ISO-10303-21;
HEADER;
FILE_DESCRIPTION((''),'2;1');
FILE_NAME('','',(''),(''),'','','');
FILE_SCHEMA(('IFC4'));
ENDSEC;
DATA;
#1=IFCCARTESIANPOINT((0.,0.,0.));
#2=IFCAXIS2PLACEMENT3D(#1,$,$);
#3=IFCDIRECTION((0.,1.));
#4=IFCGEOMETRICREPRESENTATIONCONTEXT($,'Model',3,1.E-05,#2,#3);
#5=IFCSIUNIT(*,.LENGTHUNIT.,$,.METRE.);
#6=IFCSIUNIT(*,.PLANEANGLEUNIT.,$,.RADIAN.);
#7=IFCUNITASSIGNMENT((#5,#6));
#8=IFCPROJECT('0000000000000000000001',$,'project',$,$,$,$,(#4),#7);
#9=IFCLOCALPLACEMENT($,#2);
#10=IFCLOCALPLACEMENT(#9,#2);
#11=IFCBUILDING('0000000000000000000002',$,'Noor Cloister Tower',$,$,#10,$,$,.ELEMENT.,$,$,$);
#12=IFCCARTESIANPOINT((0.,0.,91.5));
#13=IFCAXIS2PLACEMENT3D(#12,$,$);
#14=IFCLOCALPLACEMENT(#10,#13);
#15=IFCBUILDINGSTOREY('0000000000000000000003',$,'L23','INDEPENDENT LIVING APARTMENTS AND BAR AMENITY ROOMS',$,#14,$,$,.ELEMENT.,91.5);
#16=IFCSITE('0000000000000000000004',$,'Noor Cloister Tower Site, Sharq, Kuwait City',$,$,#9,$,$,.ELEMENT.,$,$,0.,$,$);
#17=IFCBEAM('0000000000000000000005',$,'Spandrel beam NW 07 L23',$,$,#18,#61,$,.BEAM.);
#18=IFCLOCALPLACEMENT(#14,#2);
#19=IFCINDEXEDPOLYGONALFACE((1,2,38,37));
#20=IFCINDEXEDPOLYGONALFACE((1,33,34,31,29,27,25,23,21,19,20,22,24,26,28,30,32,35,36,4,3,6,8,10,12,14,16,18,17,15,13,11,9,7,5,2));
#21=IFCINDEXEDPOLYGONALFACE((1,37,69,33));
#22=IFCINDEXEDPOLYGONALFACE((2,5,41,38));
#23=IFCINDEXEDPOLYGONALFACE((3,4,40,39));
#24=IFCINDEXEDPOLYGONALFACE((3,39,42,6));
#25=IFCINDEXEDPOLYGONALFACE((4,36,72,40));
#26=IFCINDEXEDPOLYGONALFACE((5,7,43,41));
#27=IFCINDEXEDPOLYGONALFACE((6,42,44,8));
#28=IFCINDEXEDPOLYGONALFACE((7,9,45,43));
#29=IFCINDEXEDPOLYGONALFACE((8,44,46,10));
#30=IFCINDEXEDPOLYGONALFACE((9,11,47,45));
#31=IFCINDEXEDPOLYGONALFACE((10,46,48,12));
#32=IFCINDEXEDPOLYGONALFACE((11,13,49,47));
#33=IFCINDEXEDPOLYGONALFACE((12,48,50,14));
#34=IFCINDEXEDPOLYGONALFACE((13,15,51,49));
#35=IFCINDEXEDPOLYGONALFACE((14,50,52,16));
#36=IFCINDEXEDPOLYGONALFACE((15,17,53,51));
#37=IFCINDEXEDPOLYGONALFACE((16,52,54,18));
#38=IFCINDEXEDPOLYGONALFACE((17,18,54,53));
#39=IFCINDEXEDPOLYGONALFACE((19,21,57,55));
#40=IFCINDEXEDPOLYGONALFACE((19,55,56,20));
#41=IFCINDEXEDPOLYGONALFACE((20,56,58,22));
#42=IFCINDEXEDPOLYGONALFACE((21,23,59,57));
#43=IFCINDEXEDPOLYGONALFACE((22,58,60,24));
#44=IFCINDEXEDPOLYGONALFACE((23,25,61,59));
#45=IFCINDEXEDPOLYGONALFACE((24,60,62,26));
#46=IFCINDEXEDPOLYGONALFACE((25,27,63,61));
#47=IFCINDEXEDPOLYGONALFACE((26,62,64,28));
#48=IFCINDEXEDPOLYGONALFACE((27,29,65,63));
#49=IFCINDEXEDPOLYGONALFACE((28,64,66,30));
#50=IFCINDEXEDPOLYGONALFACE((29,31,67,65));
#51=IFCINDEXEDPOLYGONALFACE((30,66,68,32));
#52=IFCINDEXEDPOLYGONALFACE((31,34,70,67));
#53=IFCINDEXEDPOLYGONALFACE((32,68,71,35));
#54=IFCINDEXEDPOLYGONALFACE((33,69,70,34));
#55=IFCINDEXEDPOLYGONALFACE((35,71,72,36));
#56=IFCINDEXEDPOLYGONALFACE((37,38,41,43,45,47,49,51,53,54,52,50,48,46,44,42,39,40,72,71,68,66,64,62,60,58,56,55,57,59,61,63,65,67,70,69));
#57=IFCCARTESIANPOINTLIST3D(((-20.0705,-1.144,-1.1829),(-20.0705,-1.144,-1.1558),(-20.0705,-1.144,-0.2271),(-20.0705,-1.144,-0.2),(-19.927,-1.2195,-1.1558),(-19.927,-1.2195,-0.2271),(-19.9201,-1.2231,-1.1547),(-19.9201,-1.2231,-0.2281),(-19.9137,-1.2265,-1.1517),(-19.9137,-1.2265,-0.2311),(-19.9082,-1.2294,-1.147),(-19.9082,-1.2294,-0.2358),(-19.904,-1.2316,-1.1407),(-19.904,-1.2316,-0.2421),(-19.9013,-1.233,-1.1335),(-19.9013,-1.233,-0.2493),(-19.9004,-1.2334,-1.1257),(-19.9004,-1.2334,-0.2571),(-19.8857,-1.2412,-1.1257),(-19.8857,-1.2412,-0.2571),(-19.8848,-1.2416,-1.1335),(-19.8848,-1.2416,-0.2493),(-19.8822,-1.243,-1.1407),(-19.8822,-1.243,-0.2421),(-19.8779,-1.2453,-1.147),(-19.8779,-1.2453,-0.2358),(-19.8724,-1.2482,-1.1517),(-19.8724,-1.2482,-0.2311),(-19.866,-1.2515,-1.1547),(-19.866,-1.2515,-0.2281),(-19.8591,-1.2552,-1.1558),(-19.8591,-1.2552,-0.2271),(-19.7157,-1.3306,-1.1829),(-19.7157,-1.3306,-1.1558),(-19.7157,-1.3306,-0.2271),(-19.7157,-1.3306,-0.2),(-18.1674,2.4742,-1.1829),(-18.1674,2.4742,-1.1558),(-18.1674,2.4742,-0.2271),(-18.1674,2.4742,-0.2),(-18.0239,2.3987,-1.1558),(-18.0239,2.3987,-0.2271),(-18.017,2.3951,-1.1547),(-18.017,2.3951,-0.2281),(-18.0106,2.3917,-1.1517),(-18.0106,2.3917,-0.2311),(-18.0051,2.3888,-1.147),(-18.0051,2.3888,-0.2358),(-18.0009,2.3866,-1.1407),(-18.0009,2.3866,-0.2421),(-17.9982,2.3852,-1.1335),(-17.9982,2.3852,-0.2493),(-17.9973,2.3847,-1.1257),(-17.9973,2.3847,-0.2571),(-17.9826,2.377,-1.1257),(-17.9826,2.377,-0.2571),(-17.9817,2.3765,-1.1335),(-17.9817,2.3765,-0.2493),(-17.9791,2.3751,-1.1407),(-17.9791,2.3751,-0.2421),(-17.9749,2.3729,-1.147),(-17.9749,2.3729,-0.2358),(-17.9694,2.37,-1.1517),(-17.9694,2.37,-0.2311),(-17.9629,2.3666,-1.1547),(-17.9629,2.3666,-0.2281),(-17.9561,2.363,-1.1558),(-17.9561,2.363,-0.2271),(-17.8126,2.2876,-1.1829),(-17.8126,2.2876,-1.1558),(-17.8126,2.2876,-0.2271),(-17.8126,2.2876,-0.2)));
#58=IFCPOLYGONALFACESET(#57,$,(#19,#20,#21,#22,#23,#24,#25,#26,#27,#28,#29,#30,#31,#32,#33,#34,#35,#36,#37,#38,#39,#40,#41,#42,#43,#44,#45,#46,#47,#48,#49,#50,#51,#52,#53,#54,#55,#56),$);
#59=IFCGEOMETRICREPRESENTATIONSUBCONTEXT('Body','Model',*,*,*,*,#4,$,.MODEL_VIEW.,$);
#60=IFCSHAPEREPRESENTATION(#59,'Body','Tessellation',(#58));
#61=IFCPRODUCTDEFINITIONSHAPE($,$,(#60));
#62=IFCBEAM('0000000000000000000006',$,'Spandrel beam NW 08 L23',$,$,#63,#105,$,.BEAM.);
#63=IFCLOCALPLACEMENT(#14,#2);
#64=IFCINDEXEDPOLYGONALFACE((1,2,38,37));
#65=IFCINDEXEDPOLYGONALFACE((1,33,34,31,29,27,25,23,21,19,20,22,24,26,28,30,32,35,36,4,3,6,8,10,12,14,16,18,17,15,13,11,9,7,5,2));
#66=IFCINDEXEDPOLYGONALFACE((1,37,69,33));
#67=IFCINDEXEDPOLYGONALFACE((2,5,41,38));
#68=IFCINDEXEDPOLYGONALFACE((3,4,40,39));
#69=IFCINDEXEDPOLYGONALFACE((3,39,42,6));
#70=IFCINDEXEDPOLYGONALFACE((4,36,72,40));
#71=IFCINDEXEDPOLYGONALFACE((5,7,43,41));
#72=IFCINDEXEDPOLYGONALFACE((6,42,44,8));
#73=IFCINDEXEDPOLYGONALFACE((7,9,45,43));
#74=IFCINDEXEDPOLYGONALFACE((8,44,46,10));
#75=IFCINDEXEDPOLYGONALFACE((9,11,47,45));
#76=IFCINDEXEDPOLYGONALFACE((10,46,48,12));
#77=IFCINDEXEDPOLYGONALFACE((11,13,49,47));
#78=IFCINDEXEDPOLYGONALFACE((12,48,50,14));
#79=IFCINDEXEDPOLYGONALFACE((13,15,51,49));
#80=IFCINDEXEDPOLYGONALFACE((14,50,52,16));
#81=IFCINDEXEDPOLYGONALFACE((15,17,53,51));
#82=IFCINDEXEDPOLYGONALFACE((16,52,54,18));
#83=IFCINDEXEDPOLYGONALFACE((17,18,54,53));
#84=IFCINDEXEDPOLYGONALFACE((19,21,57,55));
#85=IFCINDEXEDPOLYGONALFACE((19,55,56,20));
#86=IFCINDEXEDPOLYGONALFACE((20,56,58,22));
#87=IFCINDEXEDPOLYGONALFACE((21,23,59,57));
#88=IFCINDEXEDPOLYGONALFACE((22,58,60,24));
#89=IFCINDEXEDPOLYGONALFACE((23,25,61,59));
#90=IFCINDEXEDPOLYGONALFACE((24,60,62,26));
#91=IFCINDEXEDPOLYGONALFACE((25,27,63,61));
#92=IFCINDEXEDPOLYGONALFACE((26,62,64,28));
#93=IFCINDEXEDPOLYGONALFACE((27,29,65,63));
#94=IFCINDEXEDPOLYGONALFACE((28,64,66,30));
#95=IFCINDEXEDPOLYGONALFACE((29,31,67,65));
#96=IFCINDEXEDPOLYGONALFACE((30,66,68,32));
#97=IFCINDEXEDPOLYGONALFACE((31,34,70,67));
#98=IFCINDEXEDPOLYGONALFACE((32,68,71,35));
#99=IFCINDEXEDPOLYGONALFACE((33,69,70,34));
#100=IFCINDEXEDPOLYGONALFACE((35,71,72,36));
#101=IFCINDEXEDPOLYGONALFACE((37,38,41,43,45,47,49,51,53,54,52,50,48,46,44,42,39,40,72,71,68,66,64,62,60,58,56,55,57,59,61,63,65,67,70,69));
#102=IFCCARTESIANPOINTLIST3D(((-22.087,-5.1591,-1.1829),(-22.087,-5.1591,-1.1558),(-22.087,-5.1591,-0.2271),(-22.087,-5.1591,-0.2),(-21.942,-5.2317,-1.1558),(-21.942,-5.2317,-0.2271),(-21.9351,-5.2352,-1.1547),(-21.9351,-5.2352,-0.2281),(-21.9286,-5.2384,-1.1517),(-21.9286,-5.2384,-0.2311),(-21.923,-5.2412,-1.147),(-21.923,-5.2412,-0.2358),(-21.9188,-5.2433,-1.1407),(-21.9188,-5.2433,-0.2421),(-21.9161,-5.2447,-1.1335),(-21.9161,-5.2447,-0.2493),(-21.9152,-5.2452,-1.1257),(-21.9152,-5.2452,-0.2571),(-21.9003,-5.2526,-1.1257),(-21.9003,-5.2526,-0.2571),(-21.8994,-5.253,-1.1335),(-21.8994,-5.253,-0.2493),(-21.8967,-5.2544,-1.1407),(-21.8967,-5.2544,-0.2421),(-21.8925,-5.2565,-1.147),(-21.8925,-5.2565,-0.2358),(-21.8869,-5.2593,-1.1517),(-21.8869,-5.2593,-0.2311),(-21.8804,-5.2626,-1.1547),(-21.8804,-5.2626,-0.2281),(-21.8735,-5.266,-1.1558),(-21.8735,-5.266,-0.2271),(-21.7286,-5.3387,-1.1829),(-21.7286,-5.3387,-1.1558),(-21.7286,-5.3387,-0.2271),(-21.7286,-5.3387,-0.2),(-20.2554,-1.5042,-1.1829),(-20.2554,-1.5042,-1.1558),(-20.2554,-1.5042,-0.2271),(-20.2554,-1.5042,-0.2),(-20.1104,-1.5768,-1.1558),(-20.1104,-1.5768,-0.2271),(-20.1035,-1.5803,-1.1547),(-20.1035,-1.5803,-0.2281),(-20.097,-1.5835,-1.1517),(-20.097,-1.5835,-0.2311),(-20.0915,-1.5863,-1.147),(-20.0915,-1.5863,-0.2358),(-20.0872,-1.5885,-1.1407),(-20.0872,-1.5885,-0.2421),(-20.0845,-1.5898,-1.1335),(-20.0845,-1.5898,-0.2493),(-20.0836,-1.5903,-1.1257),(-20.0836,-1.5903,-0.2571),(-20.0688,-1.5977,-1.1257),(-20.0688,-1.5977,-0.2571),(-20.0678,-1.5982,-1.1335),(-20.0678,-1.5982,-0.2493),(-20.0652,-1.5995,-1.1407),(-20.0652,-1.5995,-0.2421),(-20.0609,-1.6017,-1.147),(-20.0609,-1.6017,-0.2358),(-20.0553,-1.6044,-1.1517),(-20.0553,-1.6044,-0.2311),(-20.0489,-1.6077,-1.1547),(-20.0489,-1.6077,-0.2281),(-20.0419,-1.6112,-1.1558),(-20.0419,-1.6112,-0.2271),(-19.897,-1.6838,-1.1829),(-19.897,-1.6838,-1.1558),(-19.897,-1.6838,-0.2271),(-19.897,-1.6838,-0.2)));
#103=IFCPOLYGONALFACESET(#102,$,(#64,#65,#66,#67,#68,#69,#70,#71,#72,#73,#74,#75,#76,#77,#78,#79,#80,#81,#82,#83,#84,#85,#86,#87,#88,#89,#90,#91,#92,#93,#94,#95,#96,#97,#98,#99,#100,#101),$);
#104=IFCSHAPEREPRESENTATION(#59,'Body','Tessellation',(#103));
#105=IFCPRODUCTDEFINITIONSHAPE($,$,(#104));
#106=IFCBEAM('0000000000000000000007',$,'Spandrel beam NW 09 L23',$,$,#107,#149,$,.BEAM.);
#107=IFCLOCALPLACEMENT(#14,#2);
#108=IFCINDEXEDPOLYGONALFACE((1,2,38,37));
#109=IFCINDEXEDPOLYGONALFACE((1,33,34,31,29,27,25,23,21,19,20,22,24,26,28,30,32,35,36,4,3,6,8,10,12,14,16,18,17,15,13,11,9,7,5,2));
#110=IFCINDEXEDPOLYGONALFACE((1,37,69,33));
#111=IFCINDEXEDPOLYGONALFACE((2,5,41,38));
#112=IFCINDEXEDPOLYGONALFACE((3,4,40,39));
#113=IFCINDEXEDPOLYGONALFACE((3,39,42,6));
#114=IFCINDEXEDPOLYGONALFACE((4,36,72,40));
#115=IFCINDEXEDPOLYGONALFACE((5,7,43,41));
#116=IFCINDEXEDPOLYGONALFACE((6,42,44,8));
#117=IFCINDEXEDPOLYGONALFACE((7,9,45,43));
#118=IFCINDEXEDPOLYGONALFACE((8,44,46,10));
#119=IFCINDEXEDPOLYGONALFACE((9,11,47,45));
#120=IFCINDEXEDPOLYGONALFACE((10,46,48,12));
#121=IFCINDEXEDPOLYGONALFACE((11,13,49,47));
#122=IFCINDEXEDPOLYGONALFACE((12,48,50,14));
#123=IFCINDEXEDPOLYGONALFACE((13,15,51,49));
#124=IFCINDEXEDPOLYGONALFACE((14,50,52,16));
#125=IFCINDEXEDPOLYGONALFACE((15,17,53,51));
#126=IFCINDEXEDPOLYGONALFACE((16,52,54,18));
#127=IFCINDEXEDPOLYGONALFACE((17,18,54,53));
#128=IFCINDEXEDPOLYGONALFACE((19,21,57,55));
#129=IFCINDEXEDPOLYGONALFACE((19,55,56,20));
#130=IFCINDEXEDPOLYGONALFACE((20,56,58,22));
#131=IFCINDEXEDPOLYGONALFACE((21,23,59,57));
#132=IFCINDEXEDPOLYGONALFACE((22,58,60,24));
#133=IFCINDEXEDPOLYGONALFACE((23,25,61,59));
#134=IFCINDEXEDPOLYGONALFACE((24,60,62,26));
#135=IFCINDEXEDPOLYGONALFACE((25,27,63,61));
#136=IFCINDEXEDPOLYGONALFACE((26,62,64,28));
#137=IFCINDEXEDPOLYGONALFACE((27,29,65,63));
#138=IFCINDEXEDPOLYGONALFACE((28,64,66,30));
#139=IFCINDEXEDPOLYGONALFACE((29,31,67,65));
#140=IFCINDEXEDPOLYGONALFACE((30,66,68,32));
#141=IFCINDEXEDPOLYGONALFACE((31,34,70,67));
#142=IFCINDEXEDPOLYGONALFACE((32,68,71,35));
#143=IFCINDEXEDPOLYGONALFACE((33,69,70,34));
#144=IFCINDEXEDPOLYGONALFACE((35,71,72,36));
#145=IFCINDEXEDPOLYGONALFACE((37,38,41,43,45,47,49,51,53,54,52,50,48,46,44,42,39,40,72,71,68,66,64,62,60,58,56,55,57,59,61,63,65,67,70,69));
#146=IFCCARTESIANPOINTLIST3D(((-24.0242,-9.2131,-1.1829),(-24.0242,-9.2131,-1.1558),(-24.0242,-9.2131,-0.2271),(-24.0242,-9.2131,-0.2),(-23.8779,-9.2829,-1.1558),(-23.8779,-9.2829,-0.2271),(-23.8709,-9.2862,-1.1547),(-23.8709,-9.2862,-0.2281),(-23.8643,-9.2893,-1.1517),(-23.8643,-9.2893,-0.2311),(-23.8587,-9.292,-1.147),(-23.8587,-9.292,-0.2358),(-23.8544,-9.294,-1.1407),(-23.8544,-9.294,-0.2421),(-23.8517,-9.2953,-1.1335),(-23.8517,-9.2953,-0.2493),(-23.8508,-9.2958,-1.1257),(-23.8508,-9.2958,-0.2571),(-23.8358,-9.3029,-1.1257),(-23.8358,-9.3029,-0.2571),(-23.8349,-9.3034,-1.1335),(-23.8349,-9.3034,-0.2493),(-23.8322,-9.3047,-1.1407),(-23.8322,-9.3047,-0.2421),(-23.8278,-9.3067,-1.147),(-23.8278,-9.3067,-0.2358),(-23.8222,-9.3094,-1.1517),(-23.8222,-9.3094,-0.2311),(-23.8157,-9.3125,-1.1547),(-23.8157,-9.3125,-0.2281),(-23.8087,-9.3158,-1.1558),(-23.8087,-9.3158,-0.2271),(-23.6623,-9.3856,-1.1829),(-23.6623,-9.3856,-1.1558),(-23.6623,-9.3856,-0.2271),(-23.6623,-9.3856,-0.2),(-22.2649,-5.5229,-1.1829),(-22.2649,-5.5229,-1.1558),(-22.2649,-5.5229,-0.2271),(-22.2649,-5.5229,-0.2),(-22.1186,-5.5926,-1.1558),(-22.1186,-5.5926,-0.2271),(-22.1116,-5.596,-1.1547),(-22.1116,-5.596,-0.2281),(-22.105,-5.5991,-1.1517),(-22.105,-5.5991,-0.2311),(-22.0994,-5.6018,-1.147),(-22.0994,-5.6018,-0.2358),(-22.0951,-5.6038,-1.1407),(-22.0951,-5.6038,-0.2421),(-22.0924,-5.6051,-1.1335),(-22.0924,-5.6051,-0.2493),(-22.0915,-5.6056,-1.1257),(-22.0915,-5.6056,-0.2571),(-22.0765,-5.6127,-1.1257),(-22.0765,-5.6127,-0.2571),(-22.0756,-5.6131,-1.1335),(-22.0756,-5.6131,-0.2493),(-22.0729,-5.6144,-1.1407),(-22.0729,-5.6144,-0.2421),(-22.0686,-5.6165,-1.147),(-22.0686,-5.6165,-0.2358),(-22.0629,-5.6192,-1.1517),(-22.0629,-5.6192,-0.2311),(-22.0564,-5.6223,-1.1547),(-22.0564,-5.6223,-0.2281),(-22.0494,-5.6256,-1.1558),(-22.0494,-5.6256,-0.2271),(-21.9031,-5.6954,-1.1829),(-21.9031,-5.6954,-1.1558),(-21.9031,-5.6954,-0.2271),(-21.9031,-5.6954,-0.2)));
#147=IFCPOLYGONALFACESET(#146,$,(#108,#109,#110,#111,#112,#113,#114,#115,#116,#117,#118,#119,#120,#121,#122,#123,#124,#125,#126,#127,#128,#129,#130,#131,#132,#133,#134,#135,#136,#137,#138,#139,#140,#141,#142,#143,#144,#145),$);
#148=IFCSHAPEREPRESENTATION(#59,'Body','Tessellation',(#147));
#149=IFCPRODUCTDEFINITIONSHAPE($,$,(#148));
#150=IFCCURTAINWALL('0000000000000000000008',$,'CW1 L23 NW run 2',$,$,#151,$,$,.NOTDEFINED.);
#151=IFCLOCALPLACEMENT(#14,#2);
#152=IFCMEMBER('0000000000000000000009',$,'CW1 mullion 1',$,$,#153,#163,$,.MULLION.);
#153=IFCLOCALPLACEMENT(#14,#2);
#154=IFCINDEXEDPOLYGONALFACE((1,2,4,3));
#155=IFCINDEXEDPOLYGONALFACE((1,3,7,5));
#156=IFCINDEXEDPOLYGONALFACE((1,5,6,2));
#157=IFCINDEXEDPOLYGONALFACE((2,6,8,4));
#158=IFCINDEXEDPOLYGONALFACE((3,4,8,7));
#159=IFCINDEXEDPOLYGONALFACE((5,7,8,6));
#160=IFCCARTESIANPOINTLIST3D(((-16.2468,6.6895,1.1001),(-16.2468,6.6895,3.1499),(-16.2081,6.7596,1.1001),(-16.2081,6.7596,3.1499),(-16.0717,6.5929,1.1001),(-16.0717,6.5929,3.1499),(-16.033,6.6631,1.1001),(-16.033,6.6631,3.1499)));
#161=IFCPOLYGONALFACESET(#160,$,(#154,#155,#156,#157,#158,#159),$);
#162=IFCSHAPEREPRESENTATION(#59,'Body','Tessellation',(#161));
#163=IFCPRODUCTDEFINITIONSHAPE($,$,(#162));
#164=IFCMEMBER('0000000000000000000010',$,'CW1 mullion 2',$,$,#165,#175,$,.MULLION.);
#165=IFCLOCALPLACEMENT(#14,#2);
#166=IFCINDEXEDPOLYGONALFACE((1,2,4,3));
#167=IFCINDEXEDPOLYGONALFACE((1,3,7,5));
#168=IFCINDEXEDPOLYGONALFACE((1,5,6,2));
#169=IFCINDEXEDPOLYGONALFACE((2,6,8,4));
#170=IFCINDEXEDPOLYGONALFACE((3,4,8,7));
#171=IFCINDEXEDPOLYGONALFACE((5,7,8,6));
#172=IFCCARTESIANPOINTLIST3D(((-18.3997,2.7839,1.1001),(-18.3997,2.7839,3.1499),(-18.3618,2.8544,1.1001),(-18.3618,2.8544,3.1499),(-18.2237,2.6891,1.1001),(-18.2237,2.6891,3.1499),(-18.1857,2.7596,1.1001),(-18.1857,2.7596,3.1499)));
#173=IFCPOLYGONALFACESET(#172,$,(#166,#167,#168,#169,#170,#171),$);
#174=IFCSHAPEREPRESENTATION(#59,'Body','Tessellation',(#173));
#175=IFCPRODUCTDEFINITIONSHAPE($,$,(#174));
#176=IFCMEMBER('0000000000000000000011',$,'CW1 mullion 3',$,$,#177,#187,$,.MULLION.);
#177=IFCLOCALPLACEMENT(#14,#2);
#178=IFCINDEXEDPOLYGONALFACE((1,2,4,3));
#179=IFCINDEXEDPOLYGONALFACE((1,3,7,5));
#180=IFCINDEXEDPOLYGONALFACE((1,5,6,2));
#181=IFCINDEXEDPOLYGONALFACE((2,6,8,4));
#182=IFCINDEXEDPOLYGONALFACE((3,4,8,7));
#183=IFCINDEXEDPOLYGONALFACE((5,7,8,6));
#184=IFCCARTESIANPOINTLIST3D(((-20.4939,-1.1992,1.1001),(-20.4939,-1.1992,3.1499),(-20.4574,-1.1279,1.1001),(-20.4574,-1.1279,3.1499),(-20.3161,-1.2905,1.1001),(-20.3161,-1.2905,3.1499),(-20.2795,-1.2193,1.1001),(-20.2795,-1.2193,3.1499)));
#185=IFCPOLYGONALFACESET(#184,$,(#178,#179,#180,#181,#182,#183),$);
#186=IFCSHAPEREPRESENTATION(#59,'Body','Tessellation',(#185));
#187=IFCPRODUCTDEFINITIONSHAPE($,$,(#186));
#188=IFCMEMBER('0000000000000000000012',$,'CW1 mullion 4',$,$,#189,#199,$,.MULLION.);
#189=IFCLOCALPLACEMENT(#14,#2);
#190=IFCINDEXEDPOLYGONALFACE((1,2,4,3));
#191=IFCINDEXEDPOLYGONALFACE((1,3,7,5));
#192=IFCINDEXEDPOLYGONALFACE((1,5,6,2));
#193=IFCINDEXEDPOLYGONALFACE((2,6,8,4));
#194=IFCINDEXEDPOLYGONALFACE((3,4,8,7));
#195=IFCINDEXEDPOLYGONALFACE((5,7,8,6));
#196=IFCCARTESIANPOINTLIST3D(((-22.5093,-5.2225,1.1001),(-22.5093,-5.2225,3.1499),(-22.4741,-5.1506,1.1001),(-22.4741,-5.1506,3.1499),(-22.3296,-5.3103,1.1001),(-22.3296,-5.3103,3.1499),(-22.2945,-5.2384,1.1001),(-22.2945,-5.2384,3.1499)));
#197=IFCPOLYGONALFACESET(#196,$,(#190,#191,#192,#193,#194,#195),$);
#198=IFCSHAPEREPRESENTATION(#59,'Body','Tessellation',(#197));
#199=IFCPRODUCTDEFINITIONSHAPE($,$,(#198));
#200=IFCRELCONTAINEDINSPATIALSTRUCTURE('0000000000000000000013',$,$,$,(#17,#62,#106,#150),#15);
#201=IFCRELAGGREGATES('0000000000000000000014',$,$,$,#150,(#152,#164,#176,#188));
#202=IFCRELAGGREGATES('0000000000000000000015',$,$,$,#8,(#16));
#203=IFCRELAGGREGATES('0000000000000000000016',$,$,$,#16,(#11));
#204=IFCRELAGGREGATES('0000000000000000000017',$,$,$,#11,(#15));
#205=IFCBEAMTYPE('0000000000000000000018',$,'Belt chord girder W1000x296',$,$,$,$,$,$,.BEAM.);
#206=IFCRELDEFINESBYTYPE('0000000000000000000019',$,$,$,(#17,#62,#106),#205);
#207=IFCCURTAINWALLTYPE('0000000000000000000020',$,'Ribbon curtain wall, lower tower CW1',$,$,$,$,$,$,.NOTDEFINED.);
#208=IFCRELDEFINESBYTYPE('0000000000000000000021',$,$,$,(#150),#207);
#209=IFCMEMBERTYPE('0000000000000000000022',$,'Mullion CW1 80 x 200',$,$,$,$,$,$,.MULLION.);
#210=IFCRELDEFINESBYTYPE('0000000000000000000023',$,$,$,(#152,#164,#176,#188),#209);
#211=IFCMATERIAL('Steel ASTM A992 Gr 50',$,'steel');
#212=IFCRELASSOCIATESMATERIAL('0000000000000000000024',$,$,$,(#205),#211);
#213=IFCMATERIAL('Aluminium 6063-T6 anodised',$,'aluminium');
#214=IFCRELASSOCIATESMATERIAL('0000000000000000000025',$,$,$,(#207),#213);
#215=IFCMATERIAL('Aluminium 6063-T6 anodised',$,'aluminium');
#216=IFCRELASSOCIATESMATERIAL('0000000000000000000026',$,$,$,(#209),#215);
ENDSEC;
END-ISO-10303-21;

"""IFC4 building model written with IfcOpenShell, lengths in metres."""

from ifc_helpers import new_model, si_unit, direction, frame, origin, origin_2d, place, context, subcontext, project, spatial, rectangle, i_section, extrude, material, material_profile, profile_set, type_object, element, aggregate, save


model = new_model("IFC4")

# Units and contexts
model_context = context("Model", 3, precision=1e-05, world=origin(), true_north=direction((0.0, 1.0)))
body_context = subcontext(model_context, "Body", "Model", "MODEL_VIEW")
ifc_project = project(units=[si_unit("LENGTHUNIT", "METRE"), si_unit("PLANEANGLEUNIT", "RADIAN")], contexts=[model_context])

# Site, building, storey
site_placement = place(None, origin())
site = spatial("IfcSite", under=ifc_project, at=site_placement, Name="Noor Cloister Tower Site, Sharq, Kuwait City", CompositionType="ELEMENT", RefElevation=0.0)
building_placement = place(site_placement, origin())
building = spatial("IfcBuilding", under=site, at=building_placement, Name="Noor Cloister Tower", CompositionType="ELEMENT")
storey_placement = place(building_placement, frame((0.0, 0.0, 91.5)))
storey = spatial("IfcBuildingStorey", under=building, at=storey_placement, Name="L23", Description="INDEPENDENT LIVING APARTMENTS AND BAR AMENITY ROOMS", CompositionType="ELEMENT", Elevation=91.5)

# Beams
ifc_material_1 = material(Name="Steel ASTM A992 Gr 50", Category="steel")
ifc_material_profile_1 = material_profile(ifc_material_1, i_section(OverallWidth=0.4009, OverallDepth=0.9829, WebThickness=0.0166, FlangeThickness=0.0271, FilletRadius=0.03, at=origin_2d()), Name="W1000x296")
ifc_profile_set_1 = profile_set([ifc_material_profile_1], Name="Steel ASTM A992 Gr 50")
beam_type_1 = type_object("IfcBeamType", Name="Belt chord girder W1000x296", PredefinedType="BEAM", material=ifc_profile_set_1)
for number, where, z_axis, x_axis, name in (
    (1, (-17.99, 2.3809, -0.6914), (-0.465513, -0.885041, 0.0), (0.885041, -0.465513, 0.0), "Spandrel beam NW 07 L23"),
    (2, (-20.0762, -1.594, -0.6914), (-0.448026, -0.894021, 0.0), (0.894021, -0.448026, 0.0), "Spandrel beam NW 08 L23"),
    (3, (-22.084, -5.6091, -0.6914), (-0.430342, -0.902666, 0.0), (0.902666, -0.430342, 0.0), "Spandrel beam NW 09 L23"),
):
    element("IfcBeam", number, at=place(storey_placement, frame(where, z_axis=z_axis, x_axis=x_axis)), inside=storey, type_object=beam_type_1, Name=name, PredefinedType="BEAM", context=body_context, shape_type="SweptSolid", body=[
        extrude(i_section(OverallWidth=0.4009, OverallDepth=0.9829, WebThickness=0.0166, FlangeThickness=0.0271, FilletRadius=0.03, at=origin_2d()), origin(), (0.0, 0.0, 1.0), 4.0881),
    ])

# Curtain wall, members
ifc_material_2 = material(Name="Aluminium 6063-T6 anodised", Category="aluminium")
curtain_wall_type = type_object("IfcCurtainWallType", Name="Ribbon curtain wall, lower tower CW1", PredefinedType="NOTDEFINED", material=ifc_material_2)
curtain_wall_placement = place(storey_placement, origin())
curtain_wall = element("IfcCurtainWall", 4, at=curtain_wall_placement, inside=storey, type_object=curtain_wall_type, Name="CW1 L23 NW run 2", PredefinedType="NOTDEFINED")
ifc_material_3 = material(Name="Aluminium 6063-T6 anodised", Category="aluminium")
ifc_material_profile_2 = material_profile(ifc_material_3, rectangle(XDim=0.2, YDim=0.0801, at=origin_2d()), Name="200 x 80 mullion")
ifc_profile_set_2 = profile_set([ifc_material_profile_2], Name="Aluminium 6063-T6 anodised")
member_type = type_object("IfcMemberType", Name="Mullion CW1 80 x 200", PredefinedType="MULLION", material=ifc_profile_set_2)
member_1_placement = place(storey_placement, frame((-16.1399, 6.6763, 1.1001), z_axis=(0.0, 0.0, 1.0), x_axis=(0.875699, -0.482858, 0.0)))
member_1 = element("IfcMember", 5, at=member_1_placement, type_object=member_type, Name="CW1 mullion 1", PredefinedType="MULLION", context=body_context, shape_type="SweptSolid", body=[
    extrude(rectangle(XDim=0.2, YDim=0.0801, at=origin_2d()), origin(), (0.0, 0.0, 1.0), 2.0498),
])
member_2_placement = place(storey_placement, frame((-18.2927, 2.7717, 1.1001), z_axis=(0.0, 0.0, 1.0), x_axis=(0.880408, -0.474216, 0.0)))
member_2 = element("IfcMember", 6, at=member_2_placement, type_object=member_type, Name="CW1 mullion 2", PredefinedType="MULLION", context=body_context, shape_type="SweptSolid", body=[
    extrude(rectangle(XDim=0.2, YDim=0.0801, at=origin_2d()), origin(), (0.0, 0.0, 1.0), 2.0498),
])
member_3_placement = place(storey_placement, frame((-20.3867, -1.2092, 1.1001), z_axis=(0.0, 0.0, 1.0), x_axis=(0.889571, -0.456796, 0.0)))
member_3 = element("IfcMember", 7, at=member_3_placement, type_object=member_type, Name="CW1 mullion 3", PredefinedType="MULLION", context=body_context, shape_type="SweptSolid", body=[
    extrude(rectangle(XDim=0.2, YDim=0.0801, at=origin_2d()), origin(), (0.0, 0.0, 1.0), 2.0498),
])
member_4_placement = place(storey_placement, frame((-22.4019, -5.2305, 1.1001), z_axis=(0.0, 0.0, 1.0), x_axis=(0.89839, -0.439199, 0.0)))
member_4 = element("IfcMember", 8, at=member_4_placement, type_object=member_type, Name="CW1 mullion 4", PredefinedType="MULLION", context=body_context, shape_type="SweptSolid", body=[
    extrude(rectangle(XDim=0.2, YDim=0.0801, at=origin_2d()), origin(), (0.0, 0.0, 1.0), 2.0498),
])

aggregate(curtain_wall, [member_1, member_2, member_3, member_4])

save(model, "model.ifc")
